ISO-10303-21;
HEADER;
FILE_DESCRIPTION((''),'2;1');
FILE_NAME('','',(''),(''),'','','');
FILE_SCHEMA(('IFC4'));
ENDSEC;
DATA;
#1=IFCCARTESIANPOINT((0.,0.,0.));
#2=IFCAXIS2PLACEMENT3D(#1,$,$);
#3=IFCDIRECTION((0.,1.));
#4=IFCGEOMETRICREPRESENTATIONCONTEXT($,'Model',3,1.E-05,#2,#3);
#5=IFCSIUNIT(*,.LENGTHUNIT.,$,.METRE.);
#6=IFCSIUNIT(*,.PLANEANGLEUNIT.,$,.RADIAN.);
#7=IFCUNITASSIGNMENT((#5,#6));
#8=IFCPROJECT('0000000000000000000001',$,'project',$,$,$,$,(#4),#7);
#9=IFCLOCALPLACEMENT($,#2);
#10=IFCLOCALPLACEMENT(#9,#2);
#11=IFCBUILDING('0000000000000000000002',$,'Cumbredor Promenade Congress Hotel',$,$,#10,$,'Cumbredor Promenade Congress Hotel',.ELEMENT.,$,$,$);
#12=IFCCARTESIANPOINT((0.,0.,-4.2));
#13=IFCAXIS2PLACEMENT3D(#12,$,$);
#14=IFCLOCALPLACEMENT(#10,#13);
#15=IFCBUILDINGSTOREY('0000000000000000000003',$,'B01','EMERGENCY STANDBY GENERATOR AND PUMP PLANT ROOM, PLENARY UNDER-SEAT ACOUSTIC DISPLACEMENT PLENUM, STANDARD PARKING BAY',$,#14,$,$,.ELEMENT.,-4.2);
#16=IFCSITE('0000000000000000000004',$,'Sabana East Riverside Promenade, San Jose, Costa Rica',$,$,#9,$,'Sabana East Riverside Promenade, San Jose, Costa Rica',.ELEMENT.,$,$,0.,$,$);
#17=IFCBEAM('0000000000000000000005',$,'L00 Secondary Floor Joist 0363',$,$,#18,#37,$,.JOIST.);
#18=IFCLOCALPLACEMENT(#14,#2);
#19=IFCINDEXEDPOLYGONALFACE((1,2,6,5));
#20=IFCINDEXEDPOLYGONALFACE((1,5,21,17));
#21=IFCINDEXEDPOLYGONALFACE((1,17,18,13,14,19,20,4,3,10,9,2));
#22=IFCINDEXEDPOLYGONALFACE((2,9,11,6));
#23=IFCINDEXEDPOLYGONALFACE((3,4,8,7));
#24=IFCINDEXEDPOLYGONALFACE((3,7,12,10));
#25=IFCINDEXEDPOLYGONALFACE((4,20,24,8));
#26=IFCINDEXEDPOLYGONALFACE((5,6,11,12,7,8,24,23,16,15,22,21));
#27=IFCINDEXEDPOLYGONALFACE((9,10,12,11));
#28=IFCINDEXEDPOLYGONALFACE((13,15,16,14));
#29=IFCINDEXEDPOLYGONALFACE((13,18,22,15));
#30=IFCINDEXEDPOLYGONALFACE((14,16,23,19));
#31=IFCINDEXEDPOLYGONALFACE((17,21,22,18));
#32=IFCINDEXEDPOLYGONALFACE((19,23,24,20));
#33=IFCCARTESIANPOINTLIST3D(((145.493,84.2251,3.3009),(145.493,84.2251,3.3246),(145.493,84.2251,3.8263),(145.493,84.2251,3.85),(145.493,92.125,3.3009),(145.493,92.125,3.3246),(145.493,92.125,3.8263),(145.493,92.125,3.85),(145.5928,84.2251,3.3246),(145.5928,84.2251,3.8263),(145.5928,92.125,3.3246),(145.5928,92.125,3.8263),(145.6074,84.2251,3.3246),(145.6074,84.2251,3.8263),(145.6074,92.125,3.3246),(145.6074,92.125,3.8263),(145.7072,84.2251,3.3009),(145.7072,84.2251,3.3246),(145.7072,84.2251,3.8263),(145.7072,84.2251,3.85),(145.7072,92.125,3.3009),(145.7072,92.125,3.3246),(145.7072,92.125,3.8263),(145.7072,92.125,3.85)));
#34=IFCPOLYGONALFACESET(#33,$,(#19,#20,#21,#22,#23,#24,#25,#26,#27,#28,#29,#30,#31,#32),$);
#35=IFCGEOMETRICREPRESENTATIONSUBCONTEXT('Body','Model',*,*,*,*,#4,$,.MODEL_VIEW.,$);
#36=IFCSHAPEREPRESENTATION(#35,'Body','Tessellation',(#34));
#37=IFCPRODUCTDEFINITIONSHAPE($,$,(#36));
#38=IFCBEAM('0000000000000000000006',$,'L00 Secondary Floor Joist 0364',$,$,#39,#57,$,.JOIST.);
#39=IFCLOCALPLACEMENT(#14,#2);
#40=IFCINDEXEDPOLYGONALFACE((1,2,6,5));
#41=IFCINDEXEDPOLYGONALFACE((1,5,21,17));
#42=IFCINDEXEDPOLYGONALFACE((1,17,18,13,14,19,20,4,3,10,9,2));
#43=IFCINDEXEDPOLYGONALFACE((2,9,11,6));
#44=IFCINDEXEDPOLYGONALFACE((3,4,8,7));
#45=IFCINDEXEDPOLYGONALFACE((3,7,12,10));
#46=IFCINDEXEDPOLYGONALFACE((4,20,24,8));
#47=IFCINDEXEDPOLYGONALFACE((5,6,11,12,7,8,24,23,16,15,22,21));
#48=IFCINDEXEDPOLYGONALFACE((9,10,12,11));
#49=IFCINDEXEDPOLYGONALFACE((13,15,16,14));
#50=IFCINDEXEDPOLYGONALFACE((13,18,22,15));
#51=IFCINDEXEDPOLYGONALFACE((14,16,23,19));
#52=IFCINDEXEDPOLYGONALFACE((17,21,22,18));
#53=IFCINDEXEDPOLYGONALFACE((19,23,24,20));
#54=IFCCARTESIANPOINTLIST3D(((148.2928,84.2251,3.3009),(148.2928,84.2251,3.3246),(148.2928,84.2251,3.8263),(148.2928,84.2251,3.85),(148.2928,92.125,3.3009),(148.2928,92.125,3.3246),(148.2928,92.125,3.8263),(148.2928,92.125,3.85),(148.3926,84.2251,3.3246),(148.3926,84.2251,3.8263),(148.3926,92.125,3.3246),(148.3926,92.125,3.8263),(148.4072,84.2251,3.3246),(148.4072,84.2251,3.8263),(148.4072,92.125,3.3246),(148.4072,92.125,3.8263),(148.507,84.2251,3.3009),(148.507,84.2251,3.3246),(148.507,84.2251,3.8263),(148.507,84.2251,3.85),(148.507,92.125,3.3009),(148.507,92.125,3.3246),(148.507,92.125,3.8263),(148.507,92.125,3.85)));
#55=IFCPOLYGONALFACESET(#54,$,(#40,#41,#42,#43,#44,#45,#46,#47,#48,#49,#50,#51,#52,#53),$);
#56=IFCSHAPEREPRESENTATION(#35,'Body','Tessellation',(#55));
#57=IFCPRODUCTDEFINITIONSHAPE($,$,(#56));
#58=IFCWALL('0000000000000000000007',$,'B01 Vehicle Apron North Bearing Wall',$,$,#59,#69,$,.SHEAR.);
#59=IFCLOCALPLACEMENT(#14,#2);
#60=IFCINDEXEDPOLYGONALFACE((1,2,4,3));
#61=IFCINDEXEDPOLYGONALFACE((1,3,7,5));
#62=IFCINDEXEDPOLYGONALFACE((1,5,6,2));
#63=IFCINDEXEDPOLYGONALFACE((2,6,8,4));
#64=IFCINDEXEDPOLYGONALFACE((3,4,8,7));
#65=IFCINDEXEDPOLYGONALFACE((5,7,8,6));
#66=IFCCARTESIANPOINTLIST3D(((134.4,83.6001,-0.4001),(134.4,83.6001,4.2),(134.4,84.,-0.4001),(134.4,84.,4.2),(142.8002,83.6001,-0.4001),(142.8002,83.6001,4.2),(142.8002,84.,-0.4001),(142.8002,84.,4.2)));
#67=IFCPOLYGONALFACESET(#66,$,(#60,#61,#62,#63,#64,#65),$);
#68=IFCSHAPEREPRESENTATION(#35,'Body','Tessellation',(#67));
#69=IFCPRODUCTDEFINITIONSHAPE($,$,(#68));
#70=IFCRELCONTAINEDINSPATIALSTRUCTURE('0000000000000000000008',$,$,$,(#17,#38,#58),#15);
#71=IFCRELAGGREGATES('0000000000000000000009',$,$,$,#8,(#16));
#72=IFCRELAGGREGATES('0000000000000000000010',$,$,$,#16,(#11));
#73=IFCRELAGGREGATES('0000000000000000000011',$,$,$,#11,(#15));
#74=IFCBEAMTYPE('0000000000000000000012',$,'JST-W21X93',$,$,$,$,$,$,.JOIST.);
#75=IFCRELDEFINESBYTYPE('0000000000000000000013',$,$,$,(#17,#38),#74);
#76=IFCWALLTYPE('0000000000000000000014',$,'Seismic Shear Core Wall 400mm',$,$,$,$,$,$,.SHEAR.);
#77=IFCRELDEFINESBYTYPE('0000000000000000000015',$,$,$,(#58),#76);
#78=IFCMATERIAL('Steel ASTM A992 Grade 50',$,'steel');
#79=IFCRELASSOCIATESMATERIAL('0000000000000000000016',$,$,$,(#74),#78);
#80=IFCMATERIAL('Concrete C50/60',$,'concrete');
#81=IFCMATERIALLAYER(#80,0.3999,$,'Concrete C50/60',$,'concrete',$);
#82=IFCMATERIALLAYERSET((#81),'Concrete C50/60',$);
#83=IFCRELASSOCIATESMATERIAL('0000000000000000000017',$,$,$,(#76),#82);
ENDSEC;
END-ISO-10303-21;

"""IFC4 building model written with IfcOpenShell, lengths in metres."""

from ifc_helpers import new_model, si_unit, direction, frame, frame_2d, origin, origin_2d, place, context, subcontext, project, spatial, rectangle, i_section, extrude, material, layer, layer_set, material_profile, profile_set, type_object, element, save


model = new_model("IFC4")

# Units and contexts
model_context = context("Model", 3, precision=1e-05, world=origin(), true_north=direction((0.0, 1.0)))
body_context = subcontext(model_context, "Body", "Model", "MODEL_VIEW")
ifc_project = project(units=[si_unit("LENGTHUNIT", "METRE"), si_unit("PLANEANGLEUNIT", "RADIAN")], contexts=[model_context])

# Site, building, storey
site_placement = place(None, origin())
site = spatial("IfcSite", under=ifc_project, at=site_placement, Name="Sabana East Riverside Promenade, San Jose, Costa Rica", LongName="Sabana East Riverside Promenade, San Jose, Costa Rica", CompositionType="ELEMENT", RefElevation=0.0)
building_placement = place(site_placement, origin())
building = spatial("IfcBuilding", under=site, at=building_placement, Name="Cumbredor Promenade Congress Hotel", LongName="Cumbredor Promenade Congress Hotel", CompositionType="ELEMENT")
storey_placement = place(building_placement, frame((0.0, 0.0, -4.2)))
storey = spatial("IfcBuildingStorey", under=building, at=storey_placement, Name="B01", Description="EMERGENCY STANDBY GENERATOR AND PUMP PLANT ROOM, PLENARY UNDER-SEAT ACOUSTIC DISPLACEMENT PLENUM, STANDARD PARKING BAY", CompositionType="ELEMENT", Elevation=-4.2)

# Shared definitions
ifc_material_1 = material(Name="Concrete C50/60", Category="concrete")

# Beams
ifc_material_2 = material(Name="Steel ASTM A992 Grade 50", Category="steel")
ifc_material_profile_1 = material_profile(ifc_material_2, i_section(OverallWidth=0.2141, OverallDepth=0.5491, WebThickness=0.0146, FlangeThickness=0.0237, at=origin_2d()), Name="W21X93")
ifc_profile_set_1 = profile_set([ifc_material_profile_1], Name="Steel ASTM A992 Grade 50")
beam_type_1 = type_object("IfcBeamType", Name="JST-W21X93", PredefinedType="JOIST", material=ifc_profile_set_1)
for number, where, z_axis, x_axis, name in (
    (1, (145.6001, 84.2251, 3.5754), (0.0, 1.0, 0.0), (-1.0, 0.0, 0.0), "L00 Secondary Floor Joist 0363"),
    (2, (148.3999, 84.2251, 3.5754), (0.0, 1.0, 0.0), (-1.0, 0.0, 0.0), "L00 Secondary Floor Joist 0364"),
):
    element("IfcBeam", number, at=place(storey_placement, frame(where, z_axis=z_axis, x_axis=x_axis)), inside=storey, type_object=beam_type_1, Name=name, PredefinedType="JOIST", context=body_context, shape_type="SweptSolid", body=[
        extrude(i_section(OverallWidth=0.2141, OverallDepth=0.5491, WebThickness=0.0146, FlangeThickness=0.0237, at=origin_2d()), origin(), (0.0, 0.0, 1.0), 7.8999),
    ])

# Wall
ifc_layer = layer(ifc_material_1, 0.3999, Name="Concrete C50/60", Category="concrete")
ifc_layer_set = layer_set([ifc_layer], Name="Concrete C50/60")
wall_type = type_object("IfcWallType", Name="Seismic Shear Core Wall 400mm", PredefinedType="SHEAR", material=ifc_layer_set)
wall_placement = place(storey_placement, frame((134.3999, 83.8, -0.4001), z_axis=(0.0, 0.0, 1.0), x_axis=(1.0, 0.0, 0.0)))
element("IfcWall", 3, at=wall_placement, inside=storey, type_object=wall_type, Name="B01 Vehicle Apron North Bearing Wall", PredefinedType="SHEAR", context=body_context, shape_type="SweptSolid", body=[
    extrude(rectangle(XDim=8.4001, YDim=0.3999, at=frame_2d((4.2002, 0.0))), origin(), (0.0, 0.0, 1.0), 4.6001),
])

save(model, "model.ifc")
